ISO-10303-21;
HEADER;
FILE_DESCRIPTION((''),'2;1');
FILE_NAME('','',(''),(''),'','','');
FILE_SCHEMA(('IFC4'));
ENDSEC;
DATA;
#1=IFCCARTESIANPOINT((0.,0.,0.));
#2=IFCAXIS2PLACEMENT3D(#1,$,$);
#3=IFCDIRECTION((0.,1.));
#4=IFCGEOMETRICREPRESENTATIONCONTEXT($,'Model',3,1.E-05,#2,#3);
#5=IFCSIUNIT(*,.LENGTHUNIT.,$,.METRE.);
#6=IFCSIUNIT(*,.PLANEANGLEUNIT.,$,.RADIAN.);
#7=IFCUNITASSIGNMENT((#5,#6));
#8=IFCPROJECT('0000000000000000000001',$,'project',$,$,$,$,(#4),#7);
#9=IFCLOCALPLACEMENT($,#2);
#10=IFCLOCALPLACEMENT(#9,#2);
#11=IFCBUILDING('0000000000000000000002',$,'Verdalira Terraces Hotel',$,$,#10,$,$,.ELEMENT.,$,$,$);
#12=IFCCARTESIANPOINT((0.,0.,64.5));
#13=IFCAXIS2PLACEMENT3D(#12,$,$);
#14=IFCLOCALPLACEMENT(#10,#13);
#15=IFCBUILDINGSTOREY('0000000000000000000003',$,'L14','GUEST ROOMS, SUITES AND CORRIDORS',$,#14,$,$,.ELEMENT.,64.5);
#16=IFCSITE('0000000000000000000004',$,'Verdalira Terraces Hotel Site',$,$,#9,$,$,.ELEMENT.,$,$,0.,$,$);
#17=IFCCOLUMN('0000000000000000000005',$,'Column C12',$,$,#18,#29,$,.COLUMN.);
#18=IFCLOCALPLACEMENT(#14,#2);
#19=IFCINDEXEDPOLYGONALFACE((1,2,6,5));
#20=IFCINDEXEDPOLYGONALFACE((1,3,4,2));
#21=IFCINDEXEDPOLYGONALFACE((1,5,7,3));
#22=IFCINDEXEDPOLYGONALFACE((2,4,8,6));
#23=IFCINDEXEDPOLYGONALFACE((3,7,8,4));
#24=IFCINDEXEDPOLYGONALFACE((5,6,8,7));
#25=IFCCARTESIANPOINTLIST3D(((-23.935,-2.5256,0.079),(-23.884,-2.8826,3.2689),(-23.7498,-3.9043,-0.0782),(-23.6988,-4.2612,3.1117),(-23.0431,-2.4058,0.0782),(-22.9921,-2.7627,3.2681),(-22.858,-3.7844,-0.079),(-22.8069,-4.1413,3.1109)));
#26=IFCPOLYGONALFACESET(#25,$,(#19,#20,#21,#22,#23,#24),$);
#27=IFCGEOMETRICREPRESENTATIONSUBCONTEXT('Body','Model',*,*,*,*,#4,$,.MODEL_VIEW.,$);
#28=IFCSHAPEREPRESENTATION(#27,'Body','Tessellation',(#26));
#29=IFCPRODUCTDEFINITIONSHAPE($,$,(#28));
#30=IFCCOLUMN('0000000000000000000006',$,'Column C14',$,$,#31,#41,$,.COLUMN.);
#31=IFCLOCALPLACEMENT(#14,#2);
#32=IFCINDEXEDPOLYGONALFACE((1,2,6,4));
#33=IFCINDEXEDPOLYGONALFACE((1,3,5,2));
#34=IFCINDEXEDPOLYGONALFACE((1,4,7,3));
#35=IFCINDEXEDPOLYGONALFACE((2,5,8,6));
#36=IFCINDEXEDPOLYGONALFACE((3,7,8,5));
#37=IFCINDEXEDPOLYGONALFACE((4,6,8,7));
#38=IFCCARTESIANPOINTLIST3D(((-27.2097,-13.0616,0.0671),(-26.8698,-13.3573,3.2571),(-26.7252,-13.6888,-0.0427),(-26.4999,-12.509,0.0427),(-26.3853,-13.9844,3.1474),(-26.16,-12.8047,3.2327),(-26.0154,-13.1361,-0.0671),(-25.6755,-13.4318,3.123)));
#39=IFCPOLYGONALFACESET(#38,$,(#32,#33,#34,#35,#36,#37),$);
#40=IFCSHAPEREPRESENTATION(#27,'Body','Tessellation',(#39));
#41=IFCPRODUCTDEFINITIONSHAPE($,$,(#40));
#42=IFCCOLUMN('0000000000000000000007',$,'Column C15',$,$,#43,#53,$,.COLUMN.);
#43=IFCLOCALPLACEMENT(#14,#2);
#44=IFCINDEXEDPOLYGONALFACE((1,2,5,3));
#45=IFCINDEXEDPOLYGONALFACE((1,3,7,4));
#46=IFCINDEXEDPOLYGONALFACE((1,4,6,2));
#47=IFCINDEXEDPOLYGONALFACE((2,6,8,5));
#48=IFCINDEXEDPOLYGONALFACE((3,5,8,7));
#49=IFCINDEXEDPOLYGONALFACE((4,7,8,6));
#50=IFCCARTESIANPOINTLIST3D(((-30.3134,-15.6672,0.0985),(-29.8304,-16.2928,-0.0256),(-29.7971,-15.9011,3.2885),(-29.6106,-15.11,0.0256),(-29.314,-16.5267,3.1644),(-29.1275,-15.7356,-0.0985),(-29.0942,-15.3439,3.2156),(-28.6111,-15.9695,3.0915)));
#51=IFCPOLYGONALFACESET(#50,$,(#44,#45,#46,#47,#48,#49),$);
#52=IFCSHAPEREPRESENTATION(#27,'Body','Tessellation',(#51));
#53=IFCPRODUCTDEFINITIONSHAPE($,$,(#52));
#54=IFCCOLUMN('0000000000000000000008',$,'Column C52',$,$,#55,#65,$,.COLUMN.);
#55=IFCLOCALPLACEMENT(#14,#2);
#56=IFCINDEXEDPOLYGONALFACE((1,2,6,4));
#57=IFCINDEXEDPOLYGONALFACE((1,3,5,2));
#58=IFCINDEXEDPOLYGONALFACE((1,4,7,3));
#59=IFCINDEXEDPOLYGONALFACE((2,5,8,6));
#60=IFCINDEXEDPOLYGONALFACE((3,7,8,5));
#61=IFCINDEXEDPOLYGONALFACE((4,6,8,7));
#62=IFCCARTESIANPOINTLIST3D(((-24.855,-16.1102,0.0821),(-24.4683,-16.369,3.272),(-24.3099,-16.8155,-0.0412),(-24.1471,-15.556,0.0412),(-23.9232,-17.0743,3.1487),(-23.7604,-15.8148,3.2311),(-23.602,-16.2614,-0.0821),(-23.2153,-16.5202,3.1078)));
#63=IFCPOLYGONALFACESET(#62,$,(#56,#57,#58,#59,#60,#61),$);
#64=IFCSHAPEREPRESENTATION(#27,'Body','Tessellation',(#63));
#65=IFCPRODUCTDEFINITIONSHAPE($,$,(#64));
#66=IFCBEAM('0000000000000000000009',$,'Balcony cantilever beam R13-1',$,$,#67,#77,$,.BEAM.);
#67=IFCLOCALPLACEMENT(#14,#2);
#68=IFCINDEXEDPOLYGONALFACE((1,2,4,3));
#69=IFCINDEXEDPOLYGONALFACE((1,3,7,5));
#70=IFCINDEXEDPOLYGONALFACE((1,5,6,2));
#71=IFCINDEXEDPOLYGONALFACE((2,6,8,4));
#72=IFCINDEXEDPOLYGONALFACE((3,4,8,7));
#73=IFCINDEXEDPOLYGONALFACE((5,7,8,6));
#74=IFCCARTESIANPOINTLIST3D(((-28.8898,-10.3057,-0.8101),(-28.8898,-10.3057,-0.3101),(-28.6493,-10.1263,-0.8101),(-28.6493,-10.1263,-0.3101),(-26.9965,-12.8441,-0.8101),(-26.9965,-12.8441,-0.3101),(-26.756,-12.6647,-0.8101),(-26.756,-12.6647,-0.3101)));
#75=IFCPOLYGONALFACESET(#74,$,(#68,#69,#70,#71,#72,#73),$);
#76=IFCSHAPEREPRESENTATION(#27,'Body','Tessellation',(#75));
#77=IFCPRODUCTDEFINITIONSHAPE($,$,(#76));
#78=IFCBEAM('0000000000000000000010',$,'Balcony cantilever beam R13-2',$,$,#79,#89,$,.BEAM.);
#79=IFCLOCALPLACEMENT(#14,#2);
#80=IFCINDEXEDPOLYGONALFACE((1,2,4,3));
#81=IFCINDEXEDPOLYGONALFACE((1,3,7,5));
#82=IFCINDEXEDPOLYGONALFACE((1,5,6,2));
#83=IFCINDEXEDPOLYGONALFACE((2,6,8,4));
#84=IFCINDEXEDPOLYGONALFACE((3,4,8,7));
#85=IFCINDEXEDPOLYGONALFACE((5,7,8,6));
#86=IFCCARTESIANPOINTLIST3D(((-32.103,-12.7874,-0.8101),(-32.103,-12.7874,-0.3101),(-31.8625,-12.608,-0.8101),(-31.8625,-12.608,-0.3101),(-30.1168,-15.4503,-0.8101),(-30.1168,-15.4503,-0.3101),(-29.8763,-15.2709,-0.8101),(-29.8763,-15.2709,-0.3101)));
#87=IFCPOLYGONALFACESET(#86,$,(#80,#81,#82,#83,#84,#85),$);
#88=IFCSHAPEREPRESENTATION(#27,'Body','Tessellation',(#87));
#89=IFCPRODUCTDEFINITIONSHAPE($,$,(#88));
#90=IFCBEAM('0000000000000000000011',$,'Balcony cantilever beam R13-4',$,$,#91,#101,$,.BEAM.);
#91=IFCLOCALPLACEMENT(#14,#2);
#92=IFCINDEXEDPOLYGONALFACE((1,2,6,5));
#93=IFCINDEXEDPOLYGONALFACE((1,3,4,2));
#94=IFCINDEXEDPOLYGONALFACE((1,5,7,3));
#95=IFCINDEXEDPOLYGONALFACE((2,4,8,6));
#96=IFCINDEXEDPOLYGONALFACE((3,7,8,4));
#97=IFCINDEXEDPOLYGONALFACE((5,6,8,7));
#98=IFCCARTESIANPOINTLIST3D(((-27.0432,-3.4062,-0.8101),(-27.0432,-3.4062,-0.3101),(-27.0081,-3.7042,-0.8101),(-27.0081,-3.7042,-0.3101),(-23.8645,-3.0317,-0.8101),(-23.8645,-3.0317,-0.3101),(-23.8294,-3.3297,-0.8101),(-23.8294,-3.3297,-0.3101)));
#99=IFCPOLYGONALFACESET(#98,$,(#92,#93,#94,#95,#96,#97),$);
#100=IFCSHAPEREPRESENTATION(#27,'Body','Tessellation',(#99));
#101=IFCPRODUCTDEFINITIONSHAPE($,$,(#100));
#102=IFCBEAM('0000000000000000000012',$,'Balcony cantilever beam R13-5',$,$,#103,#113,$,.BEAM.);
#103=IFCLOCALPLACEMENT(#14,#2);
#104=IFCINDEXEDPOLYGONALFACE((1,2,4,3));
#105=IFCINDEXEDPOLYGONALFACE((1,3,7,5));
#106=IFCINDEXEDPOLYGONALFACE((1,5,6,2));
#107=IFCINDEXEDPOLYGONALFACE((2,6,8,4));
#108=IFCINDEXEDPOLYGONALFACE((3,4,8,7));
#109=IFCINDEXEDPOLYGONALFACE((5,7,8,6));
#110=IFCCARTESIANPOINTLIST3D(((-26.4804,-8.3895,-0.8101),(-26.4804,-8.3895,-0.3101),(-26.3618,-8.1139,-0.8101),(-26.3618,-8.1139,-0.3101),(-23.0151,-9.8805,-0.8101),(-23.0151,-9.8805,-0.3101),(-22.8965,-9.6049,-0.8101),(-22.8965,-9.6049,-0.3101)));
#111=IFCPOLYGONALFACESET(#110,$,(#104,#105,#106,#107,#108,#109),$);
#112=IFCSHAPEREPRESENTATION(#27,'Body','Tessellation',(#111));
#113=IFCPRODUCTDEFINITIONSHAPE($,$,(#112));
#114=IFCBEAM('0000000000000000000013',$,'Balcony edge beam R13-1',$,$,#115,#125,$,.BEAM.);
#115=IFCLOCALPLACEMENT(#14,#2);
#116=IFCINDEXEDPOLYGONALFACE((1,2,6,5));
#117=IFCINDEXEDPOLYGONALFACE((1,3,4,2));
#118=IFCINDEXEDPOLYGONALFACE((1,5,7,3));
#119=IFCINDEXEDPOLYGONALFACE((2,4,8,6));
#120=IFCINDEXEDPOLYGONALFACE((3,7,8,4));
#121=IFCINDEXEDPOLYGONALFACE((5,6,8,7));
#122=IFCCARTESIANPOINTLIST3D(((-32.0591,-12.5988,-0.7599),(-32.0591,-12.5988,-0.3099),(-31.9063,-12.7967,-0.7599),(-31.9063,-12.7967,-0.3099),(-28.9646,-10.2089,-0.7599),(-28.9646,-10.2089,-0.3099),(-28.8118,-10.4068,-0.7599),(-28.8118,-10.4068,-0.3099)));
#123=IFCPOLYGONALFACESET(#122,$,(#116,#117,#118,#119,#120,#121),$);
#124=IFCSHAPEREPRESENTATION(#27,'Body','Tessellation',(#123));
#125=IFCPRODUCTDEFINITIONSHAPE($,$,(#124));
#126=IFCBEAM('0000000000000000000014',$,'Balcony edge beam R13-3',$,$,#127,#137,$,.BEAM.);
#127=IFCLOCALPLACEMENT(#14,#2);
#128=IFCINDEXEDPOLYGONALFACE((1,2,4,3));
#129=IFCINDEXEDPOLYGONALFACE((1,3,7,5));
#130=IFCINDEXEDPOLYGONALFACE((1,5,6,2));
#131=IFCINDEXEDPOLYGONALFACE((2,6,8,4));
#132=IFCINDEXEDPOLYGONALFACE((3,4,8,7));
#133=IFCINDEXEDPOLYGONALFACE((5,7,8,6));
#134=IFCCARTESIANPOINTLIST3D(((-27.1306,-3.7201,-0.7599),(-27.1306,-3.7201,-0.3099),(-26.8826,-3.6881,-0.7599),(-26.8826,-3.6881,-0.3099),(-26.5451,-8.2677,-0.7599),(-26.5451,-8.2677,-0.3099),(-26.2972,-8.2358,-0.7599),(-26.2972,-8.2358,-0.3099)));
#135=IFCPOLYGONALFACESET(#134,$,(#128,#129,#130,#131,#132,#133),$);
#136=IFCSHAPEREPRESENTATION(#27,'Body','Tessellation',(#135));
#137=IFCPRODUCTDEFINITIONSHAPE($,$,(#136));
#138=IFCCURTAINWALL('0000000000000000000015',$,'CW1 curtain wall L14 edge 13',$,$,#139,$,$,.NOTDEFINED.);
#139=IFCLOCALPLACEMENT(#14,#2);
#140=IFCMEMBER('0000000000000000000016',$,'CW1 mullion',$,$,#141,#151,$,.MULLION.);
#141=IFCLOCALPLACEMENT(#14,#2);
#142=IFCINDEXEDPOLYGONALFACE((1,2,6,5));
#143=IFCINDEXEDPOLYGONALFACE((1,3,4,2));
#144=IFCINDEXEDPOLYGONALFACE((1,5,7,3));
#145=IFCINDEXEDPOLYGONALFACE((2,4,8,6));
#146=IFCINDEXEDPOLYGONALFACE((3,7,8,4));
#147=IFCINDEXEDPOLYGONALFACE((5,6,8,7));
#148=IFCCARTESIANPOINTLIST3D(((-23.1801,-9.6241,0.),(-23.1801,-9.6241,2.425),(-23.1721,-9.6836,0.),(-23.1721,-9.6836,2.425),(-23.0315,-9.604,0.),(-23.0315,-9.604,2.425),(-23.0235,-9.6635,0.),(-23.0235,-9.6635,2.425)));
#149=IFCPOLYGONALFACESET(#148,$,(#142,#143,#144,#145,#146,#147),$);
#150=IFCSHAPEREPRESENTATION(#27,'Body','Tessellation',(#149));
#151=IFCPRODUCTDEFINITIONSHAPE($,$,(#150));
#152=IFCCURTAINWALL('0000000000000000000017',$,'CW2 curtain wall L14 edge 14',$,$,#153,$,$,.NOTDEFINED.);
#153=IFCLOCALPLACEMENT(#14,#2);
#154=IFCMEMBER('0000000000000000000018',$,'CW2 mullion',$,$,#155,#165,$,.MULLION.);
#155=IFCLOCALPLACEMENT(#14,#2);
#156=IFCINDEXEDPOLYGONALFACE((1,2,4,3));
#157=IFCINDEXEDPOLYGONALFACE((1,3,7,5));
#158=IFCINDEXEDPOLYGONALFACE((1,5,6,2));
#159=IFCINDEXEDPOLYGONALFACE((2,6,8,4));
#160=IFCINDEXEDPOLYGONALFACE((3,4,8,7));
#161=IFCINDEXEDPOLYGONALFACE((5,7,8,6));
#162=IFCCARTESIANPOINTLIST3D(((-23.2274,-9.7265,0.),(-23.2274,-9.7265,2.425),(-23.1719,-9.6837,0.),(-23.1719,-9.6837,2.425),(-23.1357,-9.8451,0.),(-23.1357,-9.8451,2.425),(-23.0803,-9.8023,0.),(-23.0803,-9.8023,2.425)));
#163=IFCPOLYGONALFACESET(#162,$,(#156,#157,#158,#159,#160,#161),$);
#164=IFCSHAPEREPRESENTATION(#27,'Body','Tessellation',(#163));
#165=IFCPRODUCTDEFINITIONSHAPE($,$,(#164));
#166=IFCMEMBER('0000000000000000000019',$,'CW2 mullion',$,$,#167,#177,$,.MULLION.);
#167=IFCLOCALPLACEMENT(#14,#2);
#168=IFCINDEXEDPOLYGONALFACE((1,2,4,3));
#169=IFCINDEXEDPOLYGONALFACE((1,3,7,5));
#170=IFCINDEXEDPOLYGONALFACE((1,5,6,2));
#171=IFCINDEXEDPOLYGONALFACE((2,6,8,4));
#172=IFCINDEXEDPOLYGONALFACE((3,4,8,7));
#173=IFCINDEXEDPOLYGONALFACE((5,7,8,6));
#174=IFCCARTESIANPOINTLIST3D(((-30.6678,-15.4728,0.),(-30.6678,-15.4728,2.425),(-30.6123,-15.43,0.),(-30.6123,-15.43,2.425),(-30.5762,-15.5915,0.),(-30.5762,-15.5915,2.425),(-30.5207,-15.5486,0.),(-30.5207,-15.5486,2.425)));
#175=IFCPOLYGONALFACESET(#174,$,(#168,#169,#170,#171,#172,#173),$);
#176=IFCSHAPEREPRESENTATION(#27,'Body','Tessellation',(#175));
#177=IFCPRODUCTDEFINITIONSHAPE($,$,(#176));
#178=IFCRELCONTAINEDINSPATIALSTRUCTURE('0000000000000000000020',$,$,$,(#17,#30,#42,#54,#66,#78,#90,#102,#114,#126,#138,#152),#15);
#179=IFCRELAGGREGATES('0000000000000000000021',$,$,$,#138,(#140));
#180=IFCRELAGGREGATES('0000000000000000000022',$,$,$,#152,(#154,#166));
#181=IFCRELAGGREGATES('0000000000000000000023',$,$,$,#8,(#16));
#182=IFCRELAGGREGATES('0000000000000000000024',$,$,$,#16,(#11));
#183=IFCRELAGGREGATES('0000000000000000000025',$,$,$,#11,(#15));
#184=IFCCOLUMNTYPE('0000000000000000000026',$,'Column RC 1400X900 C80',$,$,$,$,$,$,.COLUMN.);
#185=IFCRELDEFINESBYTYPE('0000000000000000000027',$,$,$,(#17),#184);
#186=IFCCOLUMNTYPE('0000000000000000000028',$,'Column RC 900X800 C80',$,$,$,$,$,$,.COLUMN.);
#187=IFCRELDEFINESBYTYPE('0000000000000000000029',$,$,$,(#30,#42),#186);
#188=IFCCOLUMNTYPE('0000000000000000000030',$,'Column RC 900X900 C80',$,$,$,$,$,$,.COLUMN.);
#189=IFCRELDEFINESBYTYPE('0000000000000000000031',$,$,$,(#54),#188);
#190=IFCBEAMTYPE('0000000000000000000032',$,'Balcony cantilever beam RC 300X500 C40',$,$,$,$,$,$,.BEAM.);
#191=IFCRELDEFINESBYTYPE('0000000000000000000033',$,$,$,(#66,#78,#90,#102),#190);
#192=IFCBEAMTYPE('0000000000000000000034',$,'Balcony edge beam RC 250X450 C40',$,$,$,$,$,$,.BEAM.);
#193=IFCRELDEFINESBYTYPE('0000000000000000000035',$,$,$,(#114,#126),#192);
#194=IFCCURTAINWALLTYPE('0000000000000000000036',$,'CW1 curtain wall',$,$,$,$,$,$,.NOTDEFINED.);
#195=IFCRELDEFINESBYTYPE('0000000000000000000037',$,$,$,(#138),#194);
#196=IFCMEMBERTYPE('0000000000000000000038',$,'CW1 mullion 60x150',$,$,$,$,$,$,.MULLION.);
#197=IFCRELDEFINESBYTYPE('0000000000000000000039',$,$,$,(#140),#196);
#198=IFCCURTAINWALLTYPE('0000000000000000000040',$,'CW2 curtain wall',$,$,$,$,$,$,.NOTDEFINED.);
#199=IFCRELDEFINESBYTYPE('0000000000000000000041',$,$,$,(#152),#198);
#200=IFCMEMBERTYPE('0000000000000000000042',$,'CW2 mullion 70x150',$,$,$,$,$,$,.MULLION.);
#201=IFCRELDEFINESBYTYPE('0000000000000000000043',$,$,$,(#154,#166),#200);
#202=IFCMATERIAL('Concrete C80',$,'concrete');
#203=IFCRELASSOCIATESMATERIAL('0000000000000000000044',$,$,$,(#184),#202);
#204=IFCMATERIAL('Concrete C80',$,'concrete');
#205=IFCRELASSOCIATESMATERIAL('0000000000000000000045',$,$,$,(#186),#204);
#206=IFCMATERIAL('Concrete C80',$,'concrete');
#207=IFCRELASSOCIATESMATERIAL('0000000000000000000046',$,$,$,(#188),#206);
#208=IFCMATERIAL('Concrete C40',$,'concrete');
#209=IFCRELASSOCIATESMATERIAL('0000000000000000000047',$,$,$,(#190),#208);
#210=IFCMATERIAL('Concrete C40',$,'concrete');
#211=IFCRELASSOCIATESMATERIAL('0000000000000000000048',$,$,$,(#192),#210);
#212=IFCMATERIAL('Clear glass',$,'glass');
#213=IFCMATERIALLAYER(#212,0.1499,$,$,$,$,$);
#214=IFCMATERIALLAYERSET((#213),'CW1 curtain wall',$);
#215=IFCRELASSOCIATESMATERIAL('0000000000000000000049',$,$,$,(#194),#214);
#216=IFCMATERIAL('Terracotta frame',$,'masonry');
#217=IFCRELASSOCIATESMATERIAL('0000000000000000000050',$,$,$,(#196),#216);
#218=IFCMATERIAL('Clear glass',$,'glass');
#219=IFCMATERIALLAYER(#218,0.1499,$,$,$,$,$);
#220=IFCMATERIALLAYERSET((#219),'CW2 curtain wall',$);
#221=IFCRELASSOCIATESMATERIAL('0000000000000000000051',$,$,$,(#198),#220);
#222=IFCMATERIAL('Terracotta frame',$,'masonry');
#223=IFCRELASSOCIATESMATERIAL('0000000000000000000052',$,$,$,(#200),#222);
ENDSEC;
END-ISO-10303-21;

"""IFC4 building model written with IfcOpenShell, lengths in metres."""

from ifc_helpers import new_model, si_unit, direction, frame, origin, origin_2d, place, context, subcontext, project, spatial, rectangle, extrude, material, layer, layer_set, material_profile, profile_set, type_object, element, aggregate, save


model = new_model("IFC4")

# Units and contexts
model_context = context("Model", 3, precision=1e-05, world=origin(), true_north=direction((0.0, 1.0)))
body_context = subcontext(model_context, "Body", "Model", "MODEL_VIEW")
ifc_project = project(units=[si_unit("LENGTHUNIT", "METRE"), si_unit("PLANEANGLEUNIT", "RADIAN")], contexts=[model_context])

# Site, building, storey
site_placement = place(None, origin())
site = spatial("IfcSite", under=ifc_project, at=site_placement, Name="Verdalira Terraces Hotel Site", CompositionType="ELEMENT", RefElevation=0.0)
building_placement = place(site_placement, origin())
building = spatial("IfcBuilding", under=site, at=building_placement, Name="Verdalira Terraces Hotel", CompositionType="ELEMENT")
storey_placement = place(building_placement, frame((0.0, 0.0, 64.5)))
storey = spatial("IfcBuildingStorey", under=building, at=storey_placement, Name="L14", Description="GUEST ROOMS, SUITES AND CORRIDORS", CompositionType="ELEMENT", Elevation=64.5)

# Columns
ifc_material_1 = material(Name="Concrete C80", Category="concrete")
ifc_material_profile_1 = material_profile(ifc_material_1, rectangle(XDim=1.3999, YDim=0.8999, at=origin_2d()), Name="RC 1400X900")
ifc_profile_set_1 = profile_set([ifc_material_profile_1], Name="Concrete C80")
column_type_1 = type_object("IfcColumnType", Name="Column RC 1400X900 C80", PredefinedType="COLUMN", material=ifc_profile_set_1)
column_1_placement = place(storey_placement, frame((-23.3965, -3.155, 0.0), z_axis=(0.015895, -0.111185, 0.993673), x_axis=(0.132269, -0.98483, -0.112312)))
element("IfcColumn", 1, at=column_1_placement, inside=storey, type_object=column_type_1, Name="Column C12", PredefinedType="COLUMN", context=body_context, shape_type="SweptSolid", body=[
    extrude(rectangle(XDim=1.3999, YDim=0.8999, at=origin_2d()), origin(), (0.0, 0.0, 1.0), 3.2102),
])
ifc_material_2 = material(Name="Concrete C80", Category="concrete")
ifc_material_profile_2 = material_profile(ifc_material_2, rectangle(XDim=0.8999, YDim=0.8, at=origin_2d()), Name="RC 900X800")
ifc_profile_set_2 = profile_set([ifc_material_profile_2], Name="Concrete C80")
column_type_2 = type_object("IfcColumnType", Name="Column RC 900X800 C80", PredefinedType="COLUMN", material=ifc_profile_set_2)
column_2_placement = place(storey_placement, frame((-26.6125, -13.0989, 0.0), z_axis=(0.10549, -0.091773, 0.990177), x_axis=(-0.788758, -0.614106, 0.027114)))
element("IfcColumn", 2, at=column_2_placement, inside=storey, type_object=column_type_2, Name="Column C14", PredefinedType="COLUMN", context=body_context, shape_type="SweptSolid", body=[
    extrude(rectangle(XDim=0.8999, YDim=0.8, at=origin_2d()), origin(), (0.0, 0.0, 1.0), 3.2217),
])
column_3_placement = place(storey_placement, frame((-29.7205, -15.7014, 0.0), z_axis=(0.159374, -0.072189, 0.984575), x_axis=(-0.781048, -0.619192, 0.081029)))
element("IfcColumn", 3, at=column_3_placement, inside=storey, type_object=column_type_2, Name="Column C15", PredefinedType="COLUMN", context=body_context, shape_type="SweptSolid", body=[
    extrude(rectangle(XDim=0.8999, YDim=0.8, at=origin_2d()), origin(), (0.0, 0.0, 1.0), 3.24),
])
ifc_material_3 = material(Name="Concrete C80", Category="concrete")
ifc_material_profile_3 = material_profile(ifc_material_3, rectangle(XDim=0.8999, YDim=0.8999, at=origin_2d()), Name="RC 900X900")
ifc_profile_set_3 = profile_set([ifc_material_profile_3], Name="Concrete C80")
column_type_3 = type_object("IfcColumnType", Name="Column RC 900X900 C80", PredefinedType="COLUMN", material=ifc_profile_set_3)
column_4_placement = place(storey_placement, frame((-24.2285, -16.1858, 0.0), z_axis=(0.119961, -0.080277, 0.989528), x_axis=(-0.786585, -0.615811, 0.0454)))
element("IfcColumn", 4, at=column_4_placement, inside=storey, type_object=column_type_3, Name="Column C52", PredefinedType="COLUMN", context=body_context, shape_type="SweptSolid", body=[
    extrude(rectangle(XDim=0.8999, YDim=0.8999, at=origin_2d()), origin(), (0.0, 0.0, 1.0), 3.2236),
])

# Beams
ifc_material_4 = material(Name="Concrete C40", Category="concrete")
ifc_material_profile_4 = material_profile(ifc_material_4, rectangle(XDim=0.3, YDim=0.5, at=origin_2d()), Name="RC 300X500")
ifc_profile_set_4 = profile_set([ifc_material_profile_4], Name="Concrete C40")
beam_type_1 = type_object("IfcBeamType", Name="Balcony cantilever beam RC 300X500 C40", PredefinedType="BEAM", material=ifc_profile_set_4)
beam_1_placement = place(storey_placement, frame((-26.8762, -12.7544, -0.5601), z_axis=(-0.597889, 0.801579, 0.0), x_axis=(-0.801579, -0.597889, 0.0)))
element("IfcBeam", 5, at=beam_1_placement, inside=storey, type_object=beam_type_1, Name="Balcony cantilever beam R13-1", PredefinedType="BEAM", context=body_context, shape_type="SweptSolid", body=[
    extrude(rectangle(XDim=0.3, YDim=0.5, at=origin_2d()), origin(), (0.0, 0.0, 1.0), 3.1667),
])
beam_2_placement = place(storey_placement, frame((-29.9966, -15.3606, -0.5601), z_axis=(-0.59787, 0.801593, 0.0), x_axis=(-0.801593, -0.59787, 0.0)))
element("IfcBeam", 6, at=beam_2_placement, inside=storey, type_object=beam_type_1, Name="Balcony cantilever beam R13-2", PredefinedType="BEAM", context=body_context, shape_type="SweptSolid", body=[
    extrude(rectangle(XDim=0.3, YDim=0.5, at=origin_2d()), origin(), (0.0, 0.0, 1.0), 3.322),
])
beam_3_placement = place(storey_placement, frame((-23.8469, -3.1807, -0.5601), z_axis=(-0.993131, -0.117009, 0.0), x_axis=(0.117009, -0.993131, 0.0)))
element("IfcBeam", 7, at=beam_3_placement, inside=storey, type_object=beam_type_1, Name="Balcony cantilever beam R13-4", PredefinedType="BEAM", context=body_context, shape_type="SweptSolid", body=[
    extrude(rectangle(XDim=0.3, YDim=0.5, at=origin_2d()), origin(), (0.0, 0.0, 1.0), 3.2007),
])
beam_4_placement = place(storey_placement, frame((-22.9558, -9.7427, -0.5601), z_axis=(-0.918585, 0.395223, 0.0), x_axis=(-0.395223, -0.918585, 0.0)))
element("IfcBeam", 8, at=beam_4_placement, inside=storey, type_object=beam_type_1, Name="Balcony cantilever beam R13-5", PredefinedType="BEAM", context=body_context, shape_type="SweptSolid", body=[
    extrude(rectangle(XDim=0.3, YDim=0.5, at=origin_2d()), origin(), (0.0, 0.0, 1.0), 3.7725),
])
ifc_material_5 = material(Name="Concrete C40", Category="concrete")
ifc_material_profile_5 = material_profile(ifc_material_5, rectangle(XDim=0.25, YDim=0.45, at=origin_2d()), Name="RC 250X450")
ifc_profile_set_5 = profile_set([ifc_material_profile_5], Name="Concrete C40")
beam_type_2 = type_object("IfcBeamType", Name="Balcony edge beam RC 250X450 C40", PredefinedType="BEAM", material=ifc_profile_set_5)
beam_5_placement = place(storey_placement, frame((-28.8882, -10.3079, -0.5349), z_axis=(-0.791446, -0.61124, 0.0), x_axis=(0.61124, -0.791446, 0.0)))
element("IfcBeam", 9, at=beam_5_placement, inside=storey, type_object=beam_type_2, Name="Balcony edge beam R13-1", PredefinedType="BEAM", context=body_context, shape_type="SweptSolid", body=[
    extrude(rectangle(XDim=0.25, YDim=0.45, at=origin_2d()), origin(), (0.0, 0.0, 1.0), 3.9099),
])
beam_6_placement = place(storey_placement, frame((-27.0066, -3.7041, -0.5349), z_axis=(0.127684, -0.991815, 0.0), x_axis=(0.991815, 0.127684, 0.0)))
element("IfcBeam", 10, at=beam_6_placement, inside=storey, type_object=beam_type_2, Name="Balcony edge beam R13-3", PredefinedType="BEAM", context=body_context, shape_type="SweptSolid", body=[
    extrude(rectangle(XDim=0.25, YDim=0.45, at=origin_2d()), origin(), (0.0, 0.0, 1.0), 4.5852),
])

# Curtain wall, member
ifc_material_6 = material(Name="Clear glass", Category="glass")
ifc_layer_1 = layer(ifc_material_6, 0.1499)
ifc_layer_set_1 = layer_set([ifc_layer_1], Name="CW1 curtain wall")
curtain_wall_type_1 = type_object("IfcCurtainWallType", Name="CW1 curtain wall", PredefinedType="NOTDEFINED", material=ifc_layer_set_1)
curtain_wall_1_placement = place(storey_placement, origin())
curtain_wall_1 = element("IfcCurtainWall", 11, at=curtain_wall_1_placement, inside=storey, type_object=curtain_wall_type_1, Name="CW1 curtain wall L14 edge 13", PredefinedType="NOTDEFINED")
ifc_material_7 = material(Name="Terracotta frame", Category="masonry")
ifc_material_profile_6 = material_profile(ifc_material_7, rectangle(XDim=0.0601, YDim=0.1499, at=origin_2d()), Name="MU 60x150")
ifc_profile_set_6 = profile_set([ifc_material_profile_6], Name="Terracotta frame")
member_type_1 = type_object("IfcMemberType", Name="CW1 mullion 60x150", PredefinedType="MULLION", material=ifc_profile_set_6)
member_1_placement = place(storey_placement, frame((-23.1018, -9.6438, 0.0), z_axis=(0.0, 0.0, 1.0), x_axis=(0.13364, -0.99103, 0.0)))
member_1 = element("IfcMember", 12, at=member_1_placement, type_object=member_type_1, Name="CW1 mullion", PredefinedType="MULLION", context=body_context, shape_type="SweptSolid", body=[
    extrude(rectangle(XDim=0.0601, YDim=0.1499, at=origin_2d()), origin(), (0.0, 0.0, 1.0), 2.425),
])

# Curtain wall, members
ifc_material_8 = material(Name="Clear glass", Category="glass")
ifc_layer_2 = layer(ifc_material_8, 0.1499)
ifc_layer_set_2 = layer_set([ifc_layer_2], Name="CW2 curtain wall")
curtain_wall_type_2 = type_object("IfcCurtainWallType", Name="CW2 curtain wall", PredefinedType="NOTDEFINED", material=ifc_layer_set_2)
curtain_wall_2_placement = place(storey_placement, origin())
curtain_wall_2 = element("IfcCurtainWall", 13, at=curtain_wall_2_placement, inside=storey, type_object=curtain_wall_type_2, Name="CW2 curtain wall L14 edge 14", PredefinedType="NOTDEFINED")
ifc_material_9 = material(Name="Terracotta frame", Category="masonry")
ifc_material_profile_7 = material_profile(ifc_material_9, rectangle(XDim=0.0701, YDim=0.1499, at=origin_2d()), Name="MU 70x150")
ifc_profile_set_7 = profile_set([ifc_material_profile_7], Name="Terracotta frame")
member_type_2 = type_object("IfcMemberType", Name="CW2 mullion 70x150", PredefinedType="MULLION", material=ifc_profile_set_7)
member_2_placement = place(storey_placement, frame((-23.1538, -9.7644, 0.0), z_axis=(0.0, 0.0, 1.0), x_axis=(-0.791437, -0.611251, 0.0)))
member_2 = element("IfcMember", 14, at=member_2_placement, type_object=member_type_2, Name="CW2 mullion", PredefinedType="MULLION", context=body_context, shape_type="SweptSolid", body=[
    extrude(rectangle(XDim=0.0701, YDim=0.1499, at=origin_2d()), origin(), (0.0, 0.0, 1.0), 2.425),
])
member_3_placement = place(storey_placement, frame((-30.5942, -15.5107, 0.0), z_axis=(0.0, 0.0, 1.0), x_axis=(-0.791437, -0.611251, 0.0)))
member_3 = element("IfcMember", 15, at=member_3_placement, type_object=member_type_2, Name="CW2 mullion", PredefinedType="MULLION", context=body_context, shape_type="SweptSolid", body=[
    extrude(rectangle(XDim=0.0701, YDim=0.1499, at=origin_2d()), origin(), (0.0, 0.0, 1.0), 2.425),
])

aggregate(curtain_wall_1, [member_1])
aggregate(curtain_wall_2, [member_2, member_3])

save(model, "model.ifc")
